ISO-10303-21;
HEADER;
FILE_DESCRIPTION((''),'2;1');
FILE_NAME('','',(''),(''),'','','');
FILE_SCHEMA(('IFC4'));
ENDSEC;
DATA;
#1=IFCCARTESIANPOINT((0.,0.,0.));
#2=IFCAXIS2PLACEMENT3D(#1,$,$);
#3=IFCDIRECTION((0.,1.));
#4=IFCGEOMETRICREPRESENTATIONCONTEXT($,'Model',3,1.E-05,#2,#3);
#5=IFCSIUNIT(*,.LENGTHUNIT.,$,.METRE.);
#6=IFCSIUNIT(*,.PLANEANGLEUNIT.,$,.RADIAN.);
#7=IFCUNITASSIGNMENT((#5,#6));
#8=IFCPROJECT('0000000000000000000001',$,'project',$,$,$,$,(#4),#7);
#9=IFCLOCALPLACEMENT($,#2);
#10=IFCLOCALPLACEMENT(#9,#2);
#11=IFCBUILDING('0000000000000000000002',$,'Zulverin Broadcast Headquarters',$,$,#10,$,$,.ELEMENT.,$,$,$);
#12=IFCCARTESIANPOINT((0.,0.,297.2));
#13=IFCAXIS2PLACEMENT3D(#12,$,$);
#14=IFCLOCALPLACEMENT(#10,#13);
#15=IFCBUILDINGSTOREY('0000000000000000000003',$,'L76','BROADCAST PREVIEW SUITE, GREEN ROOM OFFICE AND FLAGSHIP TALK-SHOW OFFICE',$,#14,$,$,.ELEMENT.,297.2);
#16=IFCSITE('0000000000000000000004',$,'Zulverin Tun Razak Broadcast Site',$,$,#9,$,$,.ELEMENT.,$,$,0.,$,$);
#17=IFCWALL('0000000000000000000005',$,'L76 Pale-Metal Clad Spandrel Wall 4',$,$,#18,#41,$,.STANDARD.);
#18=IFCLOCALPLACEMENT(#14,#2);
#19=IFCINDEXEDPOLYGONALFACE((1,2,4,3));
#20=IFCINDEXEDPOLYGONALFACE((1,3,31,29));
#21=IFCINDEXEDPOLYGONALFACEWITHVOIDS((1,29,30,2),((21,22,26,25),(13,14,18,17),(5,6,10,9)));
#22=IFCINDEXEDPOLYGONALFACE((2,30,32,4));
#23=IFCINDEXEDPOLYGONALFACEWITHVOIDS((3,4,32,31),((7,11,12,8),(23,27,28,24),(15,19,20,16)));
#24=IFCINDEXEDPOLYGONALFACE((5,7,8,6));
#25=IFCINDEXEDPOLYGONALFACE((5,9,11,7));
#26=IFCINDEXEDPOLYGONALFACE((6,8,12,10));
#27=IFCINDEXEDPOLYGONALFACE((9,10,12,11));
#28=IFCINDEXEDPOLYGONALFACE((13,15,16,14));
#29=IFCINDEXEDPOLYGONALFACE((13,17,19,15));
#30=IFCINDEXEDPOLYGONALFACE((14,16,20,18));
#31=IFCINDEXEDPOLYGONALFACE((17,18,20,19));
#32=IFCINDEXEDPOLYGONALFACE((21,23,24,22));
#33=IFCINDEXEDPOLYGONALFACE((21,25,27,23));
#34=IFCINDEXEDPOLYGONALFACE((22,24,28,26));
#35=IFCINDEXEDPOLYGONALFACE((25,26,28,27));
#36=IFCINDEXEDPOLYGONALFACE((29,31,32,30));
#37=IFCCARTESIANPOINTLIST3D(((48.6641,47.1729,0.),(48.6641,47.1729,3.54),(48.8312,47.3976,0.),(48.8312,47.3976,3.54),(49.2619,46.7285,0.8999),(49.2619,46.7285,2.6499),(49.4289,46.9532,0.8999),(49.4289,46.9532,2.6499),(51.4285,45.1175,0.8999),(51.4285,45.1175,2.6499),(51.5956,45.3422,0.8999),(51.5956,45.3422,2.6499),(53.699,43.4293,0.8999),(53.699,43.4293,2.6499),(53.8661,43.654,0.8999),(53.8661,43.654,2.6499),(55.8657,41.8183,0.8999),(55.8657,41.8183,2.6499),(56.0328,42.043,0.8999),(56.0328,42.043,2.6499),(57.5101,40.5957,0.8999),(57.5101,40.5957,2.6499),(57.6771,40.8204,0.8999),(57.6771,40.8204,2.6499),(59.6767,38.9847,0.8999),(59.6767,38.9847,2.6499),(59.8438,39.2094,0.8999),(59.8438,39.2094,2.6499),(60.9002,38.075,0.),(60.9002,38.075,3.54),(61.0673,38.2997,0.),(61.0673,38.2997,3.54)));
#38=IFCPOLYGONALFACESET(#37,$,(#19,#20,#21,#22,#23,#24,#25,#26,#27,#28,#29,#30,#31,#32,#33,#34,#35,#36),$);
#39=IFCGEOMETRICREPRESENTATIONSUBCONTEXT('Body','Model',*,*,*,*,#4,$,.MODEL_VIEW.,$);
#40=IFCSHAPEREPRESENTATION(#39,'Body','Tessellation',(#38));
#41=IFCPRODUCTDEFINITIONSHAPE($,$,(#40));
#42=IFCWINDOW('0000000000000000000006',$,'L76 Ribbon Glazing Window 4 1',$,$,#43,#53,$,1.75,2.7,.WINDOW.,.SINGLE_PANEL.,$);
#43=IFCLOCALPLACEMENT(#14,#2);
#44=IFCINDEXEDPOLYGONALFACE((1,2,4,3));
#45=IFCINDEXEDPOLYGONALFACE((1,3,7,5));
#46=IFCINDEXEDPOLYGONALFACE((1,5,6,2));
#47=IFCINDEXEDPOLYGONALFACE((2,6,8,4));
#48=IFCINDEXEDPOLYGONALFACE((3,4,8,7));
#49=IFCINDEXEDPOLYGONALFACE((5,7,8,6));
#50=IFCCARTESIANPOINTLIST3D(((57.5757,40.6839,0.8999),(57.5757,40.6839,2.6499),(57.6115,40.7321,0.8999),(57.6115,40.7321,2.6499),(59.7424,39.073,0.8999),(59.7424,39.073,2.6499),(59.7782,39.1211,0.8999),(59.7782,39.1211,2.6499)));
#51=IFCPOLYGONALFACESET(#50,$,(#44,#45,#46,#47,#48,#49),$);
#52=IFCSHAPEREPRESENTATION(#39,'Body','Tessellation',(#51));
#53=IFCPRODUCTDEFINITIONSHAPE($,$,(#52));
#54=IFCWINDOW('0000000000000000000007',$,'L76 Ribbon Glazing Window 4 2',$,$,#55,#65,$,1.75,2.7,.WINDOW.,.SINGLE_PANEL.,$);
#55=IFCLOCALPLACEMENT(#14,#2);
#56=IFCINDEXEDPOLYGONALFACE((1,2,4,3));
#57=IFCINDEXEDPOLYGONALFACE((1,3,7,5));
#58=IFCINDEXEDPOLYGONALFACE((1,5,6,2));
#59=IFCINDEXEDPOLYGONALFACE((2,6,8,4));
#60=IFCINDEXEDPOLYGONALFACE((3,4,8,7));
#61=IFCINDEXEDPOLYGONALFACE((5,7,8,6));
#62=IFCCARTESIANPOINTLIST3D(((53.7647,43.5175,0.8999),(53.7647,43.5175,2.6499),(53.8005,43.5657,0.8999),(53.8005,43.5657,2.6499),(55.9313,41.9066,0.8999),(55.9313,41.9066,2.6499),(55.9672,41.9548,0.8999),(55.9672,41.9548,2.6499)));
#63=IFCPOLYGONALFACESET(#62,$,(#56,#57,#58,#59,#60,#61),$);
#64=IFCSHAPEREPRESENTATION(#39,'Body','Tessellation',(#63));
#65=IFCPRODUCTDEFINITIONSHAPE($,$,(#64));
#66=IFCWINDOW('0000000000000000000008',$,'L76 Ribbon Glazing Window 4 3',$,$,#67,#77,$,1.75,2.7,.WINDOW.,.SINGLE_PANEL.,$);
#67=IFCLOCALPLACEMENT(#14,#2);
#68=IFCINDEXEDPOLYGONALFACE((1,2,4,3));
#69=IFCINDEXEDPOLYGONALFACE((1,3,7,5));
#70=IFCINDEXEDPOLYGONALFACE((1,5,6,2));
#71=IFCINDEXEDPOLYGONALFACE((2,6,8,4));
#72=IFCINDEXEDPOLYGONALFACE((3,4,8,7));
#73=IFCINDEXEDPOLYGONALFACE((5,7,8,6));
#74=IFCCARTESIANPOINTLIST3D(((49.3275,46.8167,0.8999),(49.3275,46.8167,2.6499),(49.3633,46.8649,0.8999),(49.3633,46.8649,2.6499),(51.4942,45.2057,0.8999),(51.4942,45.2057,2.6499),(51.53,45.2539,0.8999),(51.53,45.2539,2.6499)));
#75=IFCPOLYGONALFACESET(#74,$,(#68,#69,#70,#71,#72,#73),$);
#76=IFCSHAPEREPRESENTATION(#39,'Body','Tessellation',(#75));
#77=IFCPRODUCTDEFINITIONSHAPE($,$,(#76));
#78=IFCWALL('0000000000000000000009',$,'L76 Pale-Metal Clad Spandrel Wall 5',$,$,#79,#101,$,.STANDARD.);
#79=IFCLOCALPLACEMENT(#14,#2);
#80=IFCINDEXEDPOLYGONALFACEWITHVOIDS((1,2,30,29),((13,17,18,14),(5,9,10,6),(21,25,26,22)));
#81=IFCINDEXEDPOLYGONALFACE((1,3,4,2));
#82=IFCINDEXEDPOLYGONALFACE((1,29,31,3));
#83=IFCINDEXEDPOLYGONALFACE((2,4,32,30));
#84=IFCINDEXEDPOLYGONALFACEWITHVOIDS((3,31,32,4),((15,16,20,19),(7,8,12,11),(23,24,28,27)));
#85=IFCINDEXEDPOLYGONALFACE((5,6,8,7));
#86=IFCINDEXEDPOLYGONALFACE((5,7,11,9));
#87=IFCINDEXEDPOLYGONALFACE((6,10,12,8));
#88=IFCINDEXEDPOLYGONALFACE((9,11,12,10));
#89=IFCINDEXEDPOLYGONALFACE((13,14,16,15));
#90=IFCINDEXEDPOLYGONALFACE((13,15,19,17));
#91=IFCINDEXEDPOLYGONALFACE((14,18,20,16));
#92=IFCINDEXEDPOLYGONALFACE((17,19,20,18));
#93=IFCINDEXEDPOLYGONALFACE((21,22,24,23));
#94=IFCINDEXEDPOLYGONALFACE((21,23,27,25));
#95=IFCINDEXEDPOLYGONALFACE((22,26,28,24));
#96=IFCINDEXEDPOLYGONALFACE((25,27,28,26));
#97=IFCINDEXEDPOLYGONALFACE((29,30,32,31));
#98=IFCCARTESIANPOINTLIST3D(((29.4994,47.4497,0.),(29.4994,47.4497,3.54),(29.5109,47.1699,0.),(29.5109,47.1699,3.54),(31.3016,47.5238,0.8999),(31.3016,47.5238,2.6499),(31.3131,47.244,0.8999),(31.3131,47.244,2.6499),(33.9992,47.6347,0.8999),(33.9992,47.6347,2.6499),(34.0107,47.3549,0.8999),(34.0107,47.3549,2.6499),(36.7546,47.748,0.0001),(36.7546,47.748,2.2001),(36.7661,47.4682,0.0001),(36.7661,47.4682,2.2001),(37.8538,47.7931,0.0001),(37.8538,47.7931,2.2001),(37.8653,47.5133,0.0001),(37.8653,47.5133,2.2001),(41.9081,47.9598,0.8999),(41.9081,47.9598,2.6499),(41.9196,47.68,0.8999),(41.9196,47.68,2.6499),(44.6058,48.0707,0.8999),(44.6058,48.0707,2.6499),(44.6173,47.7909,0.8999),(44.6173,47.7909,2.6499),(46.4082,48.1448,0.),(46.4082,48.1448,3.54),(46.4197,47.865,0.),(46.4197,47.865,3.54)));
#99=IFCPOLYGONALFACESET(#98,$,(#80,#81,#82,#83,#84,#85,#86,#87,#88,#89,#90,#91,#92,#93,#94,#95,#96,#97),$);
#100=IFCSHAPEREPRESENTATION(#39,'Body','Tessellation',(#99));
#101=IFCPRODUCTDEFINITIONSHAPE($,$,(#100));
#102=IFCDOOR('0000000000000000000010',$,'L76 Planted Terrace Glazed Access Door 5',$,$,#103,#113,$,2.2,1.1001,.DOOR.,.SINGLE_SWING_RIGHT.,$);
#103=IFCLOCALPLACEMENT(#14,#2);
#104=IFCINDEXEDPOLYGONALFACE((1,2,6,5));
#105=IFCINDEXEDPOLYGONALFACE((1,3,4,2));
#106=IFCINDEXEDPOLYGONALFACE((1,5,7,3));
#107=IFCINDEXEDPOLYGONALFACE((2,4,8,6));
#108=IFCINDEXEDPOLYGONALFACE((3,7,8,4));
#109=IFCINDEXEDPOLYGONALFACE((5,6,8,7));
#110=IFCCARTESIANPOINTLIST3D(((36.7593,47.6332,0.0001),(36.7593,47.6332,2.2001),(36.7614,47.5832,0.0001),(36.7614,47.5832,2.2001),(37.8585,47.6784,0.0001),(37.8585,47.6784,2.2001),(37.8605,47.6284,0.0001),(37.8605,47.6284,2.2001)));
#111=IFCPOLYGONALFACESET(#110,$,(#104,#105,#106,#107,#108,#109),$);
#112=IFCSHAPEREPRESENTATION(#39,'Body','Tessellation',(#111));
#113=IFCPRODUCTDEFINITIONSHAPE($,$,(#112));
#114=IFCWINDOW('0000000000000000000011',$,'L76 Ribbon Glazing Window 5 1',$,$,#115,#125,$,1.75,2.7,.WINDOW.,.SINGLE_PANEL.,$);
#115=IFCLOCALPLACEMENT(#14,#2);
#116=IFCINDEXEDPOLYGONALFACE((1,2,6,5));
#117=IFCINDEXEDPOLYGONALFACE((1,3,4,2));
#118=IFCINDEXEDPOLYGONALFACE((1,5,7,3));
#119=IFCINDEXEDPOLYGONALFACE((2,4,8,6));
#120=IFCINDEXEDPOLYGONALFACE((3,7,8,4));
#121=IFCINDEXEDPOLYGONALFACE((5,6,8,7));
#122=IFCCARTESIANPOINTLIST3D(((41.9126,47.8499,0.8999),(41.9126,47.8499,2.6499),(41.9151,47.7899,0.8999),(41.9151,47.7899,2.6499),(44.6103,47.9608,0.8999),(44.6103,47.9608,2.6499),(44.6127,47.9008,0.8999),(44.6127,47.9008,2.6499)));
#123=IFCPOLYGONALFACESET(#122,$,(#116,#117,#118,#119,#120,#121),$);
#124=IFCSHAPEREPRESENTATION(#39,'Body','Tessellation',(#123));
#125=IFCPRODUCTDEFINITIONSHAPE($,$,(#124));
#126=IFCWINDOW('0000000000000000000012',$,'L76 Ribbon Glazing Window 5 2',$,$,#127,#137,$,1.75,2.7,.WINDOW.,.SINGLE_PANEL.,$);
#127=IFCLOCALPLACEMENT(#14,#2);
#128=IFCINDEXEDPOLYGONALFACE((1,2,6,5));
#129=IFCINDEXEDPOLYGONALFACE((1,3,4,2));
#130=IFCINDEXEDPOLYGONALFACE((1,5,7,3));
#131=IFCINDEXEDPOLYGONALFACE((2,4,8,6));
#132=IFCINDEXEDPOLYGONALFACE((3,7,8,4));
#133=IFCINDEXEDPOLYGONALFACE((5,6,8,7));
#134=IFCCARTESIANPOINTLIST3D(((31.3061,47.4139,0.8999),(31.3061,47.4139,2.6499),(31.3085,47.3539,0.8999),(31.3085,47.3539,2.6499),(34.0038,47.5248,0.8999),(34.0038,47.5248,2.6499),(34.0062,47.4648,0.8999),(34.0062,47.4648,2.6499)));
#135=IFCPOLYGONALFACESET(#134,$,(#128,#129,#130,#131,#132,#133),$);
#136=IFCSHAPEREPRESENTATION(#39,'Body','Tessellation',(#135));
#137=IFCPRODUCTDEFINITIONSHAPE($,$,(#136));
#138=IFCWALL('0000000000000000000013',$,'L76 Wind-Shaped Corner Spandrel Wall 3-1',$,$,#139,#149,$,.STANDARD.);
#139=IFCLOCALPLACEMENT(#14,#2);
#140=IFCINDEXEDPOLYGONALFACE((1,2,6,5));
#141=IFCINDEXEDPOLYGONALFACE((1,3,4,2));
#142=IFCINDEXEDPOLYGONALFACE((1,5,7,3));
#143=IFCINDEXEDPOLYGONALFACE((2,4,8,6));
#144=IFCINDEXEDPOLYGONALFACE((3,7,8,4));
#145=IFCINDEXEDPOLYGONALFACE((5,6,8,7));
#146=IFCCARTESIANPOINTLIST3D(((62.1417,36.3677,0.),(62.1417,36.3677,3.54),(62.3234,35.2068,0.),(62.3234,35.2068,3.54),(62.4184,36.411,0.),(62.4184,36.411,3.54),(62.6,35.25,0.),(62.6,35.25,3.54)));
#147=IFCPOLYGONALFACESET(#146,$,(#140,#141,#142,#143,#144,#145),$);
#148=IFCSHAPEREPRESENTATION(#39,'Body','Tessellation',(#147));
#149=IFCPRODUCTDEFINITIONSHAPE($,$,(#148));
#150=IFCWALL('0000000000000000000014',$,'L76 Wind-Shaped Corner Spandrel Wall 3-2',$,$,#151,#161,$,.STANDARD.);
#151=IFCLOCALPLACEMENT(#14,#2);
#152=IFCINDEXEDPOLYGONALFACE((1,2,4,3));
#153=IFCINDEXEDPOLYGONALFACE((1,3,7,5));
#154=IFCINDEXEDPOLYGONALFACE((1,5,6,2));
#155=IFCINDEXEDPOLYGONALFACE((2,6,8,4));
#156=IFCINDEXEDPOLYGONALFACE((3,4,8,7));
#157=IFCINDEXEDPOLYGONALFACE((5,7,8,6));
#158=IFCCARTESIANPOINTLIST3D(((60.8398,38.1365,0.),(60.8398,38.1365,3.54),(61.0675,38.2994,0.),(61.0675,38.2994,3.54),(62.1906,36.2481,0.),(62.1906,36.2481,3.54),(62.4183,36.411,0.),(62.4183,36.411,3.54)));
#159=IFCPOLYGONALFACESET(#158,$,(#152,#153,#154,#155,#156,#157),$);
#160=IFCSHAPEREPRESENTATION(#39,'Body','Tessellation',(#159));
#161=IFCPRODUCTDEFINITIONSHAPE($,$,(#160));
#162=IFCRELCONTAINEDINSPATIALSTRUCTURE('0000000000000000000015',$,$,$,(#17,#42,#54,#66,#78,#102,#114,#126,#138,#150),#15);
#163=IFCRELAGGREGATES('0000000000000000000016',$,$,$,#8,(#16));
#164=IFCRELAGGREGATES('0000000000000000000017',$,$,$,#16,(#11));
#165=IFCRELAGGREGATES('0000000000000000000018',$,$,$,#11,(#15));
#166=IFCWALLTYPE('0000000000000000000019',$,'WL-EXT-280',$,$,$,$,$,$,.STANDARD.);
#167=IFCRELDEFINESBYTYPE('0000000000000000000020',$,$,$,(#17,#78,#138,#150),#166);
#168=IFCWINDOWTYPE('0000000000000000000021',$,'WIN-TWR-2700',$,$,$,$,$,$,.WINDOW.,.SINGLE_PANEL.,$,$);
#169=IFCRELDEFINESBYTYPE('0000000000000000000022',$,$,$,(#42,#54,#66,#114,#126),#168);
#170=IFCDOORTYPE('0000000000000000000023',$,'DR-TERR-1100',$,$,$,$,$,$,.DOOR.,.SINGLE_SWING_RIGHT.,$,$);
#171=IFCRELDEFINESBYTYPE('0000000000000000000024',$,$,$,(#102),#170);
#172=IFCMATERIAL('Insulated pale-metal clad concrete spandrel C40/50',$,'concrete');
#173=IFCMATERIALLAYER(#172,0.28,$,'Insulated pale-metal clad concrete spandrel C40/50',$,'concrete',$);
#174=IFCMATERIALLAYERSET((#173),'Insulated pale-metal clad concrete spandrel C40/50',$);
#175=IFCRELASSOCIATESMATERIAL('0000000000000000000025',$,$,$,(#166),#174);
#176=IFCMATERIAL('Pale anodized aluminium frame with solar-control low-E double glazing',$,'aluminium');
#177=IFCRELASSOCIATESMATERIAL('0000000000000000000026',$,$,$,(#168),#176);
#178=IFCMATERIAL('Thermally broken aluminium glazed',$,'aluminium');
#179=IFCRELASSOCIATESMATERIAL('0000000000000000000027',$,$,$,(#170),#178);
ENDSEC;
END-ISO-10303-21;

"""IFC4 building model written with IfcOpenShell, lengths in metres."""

from ifc_helpers import new_model, si_unit, direction, frame, frame_2d, origin, place, context, subcontext, project, spatial, rectangle, extrude, material, layer, layer_set, type_object, element, fill, save


model = new_model("IFC4")

# Units and contexts
model_context = context("Model", 3, precision=1e-05, world=origin(), true_north=direction((0.0, 1.0)))
body_context = subcontext(model_context, "Body", "Model", "MODEL_VIEW")
ifc_project = project(units=[si_unit("LENGTHUNIT", "METRE"), si_unit("PLANEANGLEUNIT", "RADIAN")], contexts=[model_context])

# Site, building, storey
site_placement = place(None, origin())
site = spatial("IfcSite", under=ifc_project, at=site_placement, Name="Zulverin Tun Razak Broadcast Site", CompositionType="ELEMENT", RefElevation=0.0)
building_placement = place(site_placement, origin())
building = spatial("IfcBuilding", under=site, at=building_placement, Name="Zulverin Broadcast Headquarters", CompositionType="ELEMENT")
storey_placement = place(building_placement, frame((0.0, 0.0, 297.2)))
storey = spatial("IfcBuildingStorey", under=building, at=storey_placement, Name="L76", Description="BROADCAST PREVIEW SUITE, GREEN ROOM OFFICE AND FLAGSHIP TALK-SHOW OFFICE", CompositionType="ELEMENT", Elevation=297.2)

# Wall, openings, windows
ifc_material_1 = material(Name="Insulated pale-metal clad concrete spandrel C40/50", Category="concrete")
ifc_layer_1 = layer(ifc_material_1, 0.28, Name="Insulated pale-metal clad concrete spandrel C40/50", Category="concrete")
ifc_layer_set_1 = layer_set([ifc_layer_1], Name="Insulated pale-metal clad concrete spandrel C40/50")
wall_type = type_object("IfcWallType", Name="WL-EXT-280", PredefinedType="STANDARD", material=ifc_layer_set_1)
wall_1_placement = place(storey_placement, frame((60.9839, 38.1873, 0.0), z_axis=(0.0, 0.0, 1.0), x_axis=(-0.802485, 0.596672, 0.0)))
wall_1 = element("IfcWall", 1, at=wall_1_placement, inside=storey, type_object=wall_type, Name="L76 Pale-Metal Clad Spandrel Wall 4", PredefinedType="STANDARD", context=body_context, shape_type="SweptSolid", body=[
    extrude(rectangle(XDim=15.2478, YDim=0.28, at=frame_2d((7.624, 0.0))), origin(), (0.0, 0.0, 1.0), 3.54),
])
opening_1_placement = place(wall_1_placement, frame((1.5247, 0.0, 0.8999)))
opening_1 = element("IfcOpeningElement", 2, at=opening_1_placement, cuts=wall_1, PredefinedType="OPENING", context=body_context, shape_type="SweptSolid", body=[
    extrude(rectangle(XDim=2.7, YDim=1.75, at=frame_2d((1.3501, 0.875))), frame((0.0, 0.1499, 0.0), z_axis=(0.0, -1.0, 0.0), x_axis=(1.0, 0.0, 0.0)), (0.0, 0.0, 1.0), 0.3),
])
opening_2_placement = place(wall_1_placement, frame((6.2737, 0.0, 0.8999)))
opening_2 = element("IfcOpeningElement", 3, at=opening_2_placement, cuts=wall_1, PredefinedType="OPENING", context=body_context, shape_type="SweptSolid", body=[
    extrude(rectangle(XDim=2.7, YDim=1.75, at=frame_2d((1.3501, 0.875))), frame((0.0, 0.1499, 0.0), z_axis=(0.0, -1.0, 0.0), x_axis=(1.0, 0.0, 0.0)), (0.0, 0.0, 1.0), 0.3),
])
opening_3_placement = place(wall_1_placement, frame((11.803, 0.0, 0.8999)))
opening_3 = element("IfcOpeningElement", 4, at=opening_3_placement, cuts=wall_1, PredefinedType="OPENING", context=body_context, shape_type="SweptSolid", body=[
    extrude(rectangle(XDim=2.7, YDim=1.75, at=frame_2d((1.3501, 0.875))), frame((0.0, 0.1499, 0.0), z_axis=(0.0, -1.0, 0.0), x_axis=(1.0, 0.0, 0.0)), (0.0, 0.0, 1.0), 0.3),
])
ifc_material_2 = material(Name="Pale anodized aluminium frame with solar-control low-E double glazing", Category="aluminium")
window_type = type_object("IfcWindowType", Name="WIN-TWR-2700", PartitioningType="SINGLE_PANEL", PredefinedType="WINDOW", material=ifc_material_2)
window_1_placement = place(opening_1_placement, origin())
window_1 = element("IfcWindow", 5, at=window_1_placement, inside=storey, type_object=window_type, Name="L76 Ribbon Glazing Window 4 1", OverallHeight=1.75, OverallWidth=2.7, PartitioningType="SINGLE_PANEL", PredefinedType="WINDOW", context=body_context, shape_type="SweptSolid", body=[
    extrude(rectangle(XDim=2.7, YDim=1.75, at=frame_2d((1.3501, 0.875))), frame((0.0, 0.03, 0.0), z_axis=(0.0, -1.0, 0.0), x_axis=(1.0, 0.0, 0.0)), (0.0, 0.0, 1.0), 0.0601),
])
fill(opening_1, window_1)
window_2_placement = place(opening_2_placement, origin())
window_2 = element("IfcWindow", 6, at=window_2_placement, inside=storey, type_object=window_type, Name="L76 Ribbon Glazing Window 4 2", OverallHeight=1.75, OverallWidth=2.7, PartitioningType="SINGLE_PANEL", PredefinedType="WINDOW", context=body_context, shape_type="SweptSolid", body=[
    extrude(rectangle(XDim=2.7, YDim=1.75, at=frame_2d((1.3501, 0.875))), frame((0.0, 0.03, 0.0), z_axis=(0.0, -1.0, 0.0), x_axis=(1.0, 0.0, 0.0)), (0.0, 0.0, 1.0), 0.0601),
])
fill(opening_2, window_2)
window_3_placement = place(opening_3_placement, origin())
window_3 = element("IfcWindow", 7, at=window_3_placement, inside=storey, type_object=window_type, Name="L76 Ribbon Glazing Window 4 3", OverallHeight=1.75, OverallWidth=2.7, PartitioningType="SINGLE_PANEL", PredefinedType="WINDOW", context=body_context, shape_type="SweptSolid", body=[
    extrude(rectangle(XDim=2.7, YDim=1.75, at=frame_2d((1.3501, 0.875))), frame((0.0, 0.03, 0.0), z_axis=(0.0, -1.0, 0.0), x_axis=(1.0, 0.0, 0.0)), (0.0, 0.0, 1.0), 0.0601),
])
fill(opening_3, window_3)

# Wall, openings, door, windows
wall_2_placement = place(storey_placement, frame((46.4138, 48.0049, 0.0), z_axis=(0.0, 0.0, 1.0), x_axis=(-0.999156, -0.041072, 0.0)))
wall_2 = element("IfcWall", 8, at=wall_2_placement, inside=storey, type_object=wall_type, Name="L76 Pale-Metal Clad Spandrel Wall 5", PredefinedType="STANDARD", context=body_context, shape_type="SweptSolid", body=[
    extrude(rectangle(XDim=16.9231, YDim=0.28, at=frame_2d((8.4614, 0.0))), origin(), (0.0, 0.0, 1.0), 3.54),
])
opening_4_placement = place(wall_2_placement, frame((8.5615, 0.0, 0.0)))
opening_4 = element("IfcOpeningElement", 9, at=opening_4_placement, cuts=wall_2, PredefinedType="OPENING", context=body_context, shape_type="SweptSolid", body=[
    extrude(rectangle(XDim=1.1001, YDim=2.2, at=frame_2d((0.55, 1.1001))), frame((0.0, 0.1499, 0.0), z_axis=(0.0, -1.0, 0.0), x_axis=(1.0, 0.0, 0.0)), (0.0, 0.0, 1.0), 0.3),
])
opening_5_placement = place(wall_2_placement, frame((1.8037, 0.0, 0.8999)))
opening_5 = element("IfcOpeningElement", 10, at=opening_5_placement, cuts=wall_2, PredefinedType="OPENING", context=body_context, shape_type="SweptSolid", body=[
    extrude(rectangle(XDim=2.7, YDim=1.75, at=frame_2d((1.3501, 0.875))), frame((0.0, 0.1499, 0.0), z_axis=(0.0, -1.0, 0.0), x_axis=(1.0, 0.0, 0.0)), (0.0, 0.0, 1.0), 0.3),
])
opening_6_placement = place(wall_2_placement, frame((12.4192, 0.0, 0.8999)))
opening_6 = element("IfcOpeningElement", 11, at=opening_6_placement, cuts=wall_2, PredefinedType="OPENING", context=body_context, shape_type="SweptSolid", body=[
    extrude(rectangle(XDim=2.7, YDim=1.75, at=frame_2d((1.3501, 0.875))), frame((0.0, 0.1499, 0.0), z_axis=(0.0, -1.0, 0.0), x_axis=(1.0, 0.0, 0.0)), (0.0, 0.0, 1.0), 0.3),
])
ifc_material_3 = material(Name="Thermally broken aluminium glazed", Category="aluminium")
door_type = type_object("IfcDoorType", Name="DR-TERR-1100", OperationType="SINGLE_SWING_RIGHT", PredefinedType="DOOR", material=ifc_material_3)
door_placement = place(opening_4_placement, origin())
door = element("IfcDoor", 12, at=door_placement, inside=storey, type_object=door_type, Name="L76 Planted Terrace Glazed Access Door 5", OperationType="SINGLE_SWING_RIGHT", OverallHeight=2.2, OverallWidth=1.1001, PredefinedType="DOOR", context=body_context, shape_type="SweptSolid", body=[
    extrude(rectangle(XDim=1.1001, YDim=2.2, at=frame_2d((0.55, 1.1001))), frame((0.0, 0.0249, 0.0), z_axis=(0.0, -1.0, 0.0), x_axis=(1.0, 0.0, 0.0)), (0.0, 0.0, 1.0), 0.05),
])
fill(opening_4, door)
window_4_placement = place(opening_5_placement, origin())
window_4 = element("IfcWindow", 13, at=window_4_placement, inside=storey, type_object=window_type, Name="L76 Ribbon Glazing Window 5 1", OverallHeight=1.75, OverallWidth=2.7, PartitioningType="SINGLE_PANEL", PredefinedType="WINDOW", context=body_context, shape_type="SweptSolid", body=[
    extrude(rectangle(XDim=2.7, YDim=1.75, at=frame_2d((1.3501, 0.875))), frame((0.0, 0.03, 0.0), z_axis=(0.0, -1.0, 0.0), x_axis=(1.0, 0.0, 0.0)), (0.0, 0.0, 1.0), 0.0601),
])
fill(opening_5, window_4)
window_5_placement = place(opening_6_placement, origin())
window_5 = element("IfcWindow", 14, at=window_5_placement, inside=storey, type_object=window_type, Name="L76 Ribbon Glazing Window 5 2", OverallHeight=1.75, OverallWidth=2.7, PartitioningType="SINGLE_PANEL", PredefinedType="WINDOW", context=body_context, shape_type="SweptSolid", body=[
    extrude(rectangle(XDim=2.7, YDim=1.75, at=frame_2d((1.3501, 0.875))), frame((0.0, 0.03, 0.0), z_axis=(0.0, -1.0, 0.0), x_axis=(1.0, 0.0, 0.0)), (0.0, 0.0, 1.0), 0.0601),
])
fill(opening_6, window_5)

# Walls
wall_3_placement = place(storey_placement, frame((62.4617, 35.2285, 0.0), z_axis=(0.0, 0.0, 1.0), x_axis=(-0.154586, 0.987979, 0.0)))
element("IfcWall", 15, at=wall_3_placement, inside=storey, type_object=wall_type, Name="L76 Wind-Shaped Corner Spandrel Wall 3-1", PredefinedType="STANDARD", context=body_context, shape_type="SweptSolid", body=[
    extrude(rectangle(XDim=1.175, YDim=0.28, at=frame_2d((0.5874, 0.0))), origin(), (0.0, 0.0, 1.0), 3.54),
])
wall_4_placement = place(storey_placement, frame((62.3044, 36.3296, 0.0), z_axis=(0.0, 0.0, 1.0), x_axis=(-0.581795, 0.813335, 0.0)))
element("IfcWall", 16, at=wall_4_placement, inside=storey, type_object=wall_type, Name="L76 Wind-Shaped Corner Spandrel Wall 3-2", PredefinedType="STANDARD", context=body_context, shape_type="SweptSolid", body=[
    extrude(rectangle(XDim=2.3218, YDim=0.28, at=frame_2d((1.1609, 0.0))), origin(), (0.0, 0.0, 1.0), 3.54),
])

save(model, "model.ifc")
